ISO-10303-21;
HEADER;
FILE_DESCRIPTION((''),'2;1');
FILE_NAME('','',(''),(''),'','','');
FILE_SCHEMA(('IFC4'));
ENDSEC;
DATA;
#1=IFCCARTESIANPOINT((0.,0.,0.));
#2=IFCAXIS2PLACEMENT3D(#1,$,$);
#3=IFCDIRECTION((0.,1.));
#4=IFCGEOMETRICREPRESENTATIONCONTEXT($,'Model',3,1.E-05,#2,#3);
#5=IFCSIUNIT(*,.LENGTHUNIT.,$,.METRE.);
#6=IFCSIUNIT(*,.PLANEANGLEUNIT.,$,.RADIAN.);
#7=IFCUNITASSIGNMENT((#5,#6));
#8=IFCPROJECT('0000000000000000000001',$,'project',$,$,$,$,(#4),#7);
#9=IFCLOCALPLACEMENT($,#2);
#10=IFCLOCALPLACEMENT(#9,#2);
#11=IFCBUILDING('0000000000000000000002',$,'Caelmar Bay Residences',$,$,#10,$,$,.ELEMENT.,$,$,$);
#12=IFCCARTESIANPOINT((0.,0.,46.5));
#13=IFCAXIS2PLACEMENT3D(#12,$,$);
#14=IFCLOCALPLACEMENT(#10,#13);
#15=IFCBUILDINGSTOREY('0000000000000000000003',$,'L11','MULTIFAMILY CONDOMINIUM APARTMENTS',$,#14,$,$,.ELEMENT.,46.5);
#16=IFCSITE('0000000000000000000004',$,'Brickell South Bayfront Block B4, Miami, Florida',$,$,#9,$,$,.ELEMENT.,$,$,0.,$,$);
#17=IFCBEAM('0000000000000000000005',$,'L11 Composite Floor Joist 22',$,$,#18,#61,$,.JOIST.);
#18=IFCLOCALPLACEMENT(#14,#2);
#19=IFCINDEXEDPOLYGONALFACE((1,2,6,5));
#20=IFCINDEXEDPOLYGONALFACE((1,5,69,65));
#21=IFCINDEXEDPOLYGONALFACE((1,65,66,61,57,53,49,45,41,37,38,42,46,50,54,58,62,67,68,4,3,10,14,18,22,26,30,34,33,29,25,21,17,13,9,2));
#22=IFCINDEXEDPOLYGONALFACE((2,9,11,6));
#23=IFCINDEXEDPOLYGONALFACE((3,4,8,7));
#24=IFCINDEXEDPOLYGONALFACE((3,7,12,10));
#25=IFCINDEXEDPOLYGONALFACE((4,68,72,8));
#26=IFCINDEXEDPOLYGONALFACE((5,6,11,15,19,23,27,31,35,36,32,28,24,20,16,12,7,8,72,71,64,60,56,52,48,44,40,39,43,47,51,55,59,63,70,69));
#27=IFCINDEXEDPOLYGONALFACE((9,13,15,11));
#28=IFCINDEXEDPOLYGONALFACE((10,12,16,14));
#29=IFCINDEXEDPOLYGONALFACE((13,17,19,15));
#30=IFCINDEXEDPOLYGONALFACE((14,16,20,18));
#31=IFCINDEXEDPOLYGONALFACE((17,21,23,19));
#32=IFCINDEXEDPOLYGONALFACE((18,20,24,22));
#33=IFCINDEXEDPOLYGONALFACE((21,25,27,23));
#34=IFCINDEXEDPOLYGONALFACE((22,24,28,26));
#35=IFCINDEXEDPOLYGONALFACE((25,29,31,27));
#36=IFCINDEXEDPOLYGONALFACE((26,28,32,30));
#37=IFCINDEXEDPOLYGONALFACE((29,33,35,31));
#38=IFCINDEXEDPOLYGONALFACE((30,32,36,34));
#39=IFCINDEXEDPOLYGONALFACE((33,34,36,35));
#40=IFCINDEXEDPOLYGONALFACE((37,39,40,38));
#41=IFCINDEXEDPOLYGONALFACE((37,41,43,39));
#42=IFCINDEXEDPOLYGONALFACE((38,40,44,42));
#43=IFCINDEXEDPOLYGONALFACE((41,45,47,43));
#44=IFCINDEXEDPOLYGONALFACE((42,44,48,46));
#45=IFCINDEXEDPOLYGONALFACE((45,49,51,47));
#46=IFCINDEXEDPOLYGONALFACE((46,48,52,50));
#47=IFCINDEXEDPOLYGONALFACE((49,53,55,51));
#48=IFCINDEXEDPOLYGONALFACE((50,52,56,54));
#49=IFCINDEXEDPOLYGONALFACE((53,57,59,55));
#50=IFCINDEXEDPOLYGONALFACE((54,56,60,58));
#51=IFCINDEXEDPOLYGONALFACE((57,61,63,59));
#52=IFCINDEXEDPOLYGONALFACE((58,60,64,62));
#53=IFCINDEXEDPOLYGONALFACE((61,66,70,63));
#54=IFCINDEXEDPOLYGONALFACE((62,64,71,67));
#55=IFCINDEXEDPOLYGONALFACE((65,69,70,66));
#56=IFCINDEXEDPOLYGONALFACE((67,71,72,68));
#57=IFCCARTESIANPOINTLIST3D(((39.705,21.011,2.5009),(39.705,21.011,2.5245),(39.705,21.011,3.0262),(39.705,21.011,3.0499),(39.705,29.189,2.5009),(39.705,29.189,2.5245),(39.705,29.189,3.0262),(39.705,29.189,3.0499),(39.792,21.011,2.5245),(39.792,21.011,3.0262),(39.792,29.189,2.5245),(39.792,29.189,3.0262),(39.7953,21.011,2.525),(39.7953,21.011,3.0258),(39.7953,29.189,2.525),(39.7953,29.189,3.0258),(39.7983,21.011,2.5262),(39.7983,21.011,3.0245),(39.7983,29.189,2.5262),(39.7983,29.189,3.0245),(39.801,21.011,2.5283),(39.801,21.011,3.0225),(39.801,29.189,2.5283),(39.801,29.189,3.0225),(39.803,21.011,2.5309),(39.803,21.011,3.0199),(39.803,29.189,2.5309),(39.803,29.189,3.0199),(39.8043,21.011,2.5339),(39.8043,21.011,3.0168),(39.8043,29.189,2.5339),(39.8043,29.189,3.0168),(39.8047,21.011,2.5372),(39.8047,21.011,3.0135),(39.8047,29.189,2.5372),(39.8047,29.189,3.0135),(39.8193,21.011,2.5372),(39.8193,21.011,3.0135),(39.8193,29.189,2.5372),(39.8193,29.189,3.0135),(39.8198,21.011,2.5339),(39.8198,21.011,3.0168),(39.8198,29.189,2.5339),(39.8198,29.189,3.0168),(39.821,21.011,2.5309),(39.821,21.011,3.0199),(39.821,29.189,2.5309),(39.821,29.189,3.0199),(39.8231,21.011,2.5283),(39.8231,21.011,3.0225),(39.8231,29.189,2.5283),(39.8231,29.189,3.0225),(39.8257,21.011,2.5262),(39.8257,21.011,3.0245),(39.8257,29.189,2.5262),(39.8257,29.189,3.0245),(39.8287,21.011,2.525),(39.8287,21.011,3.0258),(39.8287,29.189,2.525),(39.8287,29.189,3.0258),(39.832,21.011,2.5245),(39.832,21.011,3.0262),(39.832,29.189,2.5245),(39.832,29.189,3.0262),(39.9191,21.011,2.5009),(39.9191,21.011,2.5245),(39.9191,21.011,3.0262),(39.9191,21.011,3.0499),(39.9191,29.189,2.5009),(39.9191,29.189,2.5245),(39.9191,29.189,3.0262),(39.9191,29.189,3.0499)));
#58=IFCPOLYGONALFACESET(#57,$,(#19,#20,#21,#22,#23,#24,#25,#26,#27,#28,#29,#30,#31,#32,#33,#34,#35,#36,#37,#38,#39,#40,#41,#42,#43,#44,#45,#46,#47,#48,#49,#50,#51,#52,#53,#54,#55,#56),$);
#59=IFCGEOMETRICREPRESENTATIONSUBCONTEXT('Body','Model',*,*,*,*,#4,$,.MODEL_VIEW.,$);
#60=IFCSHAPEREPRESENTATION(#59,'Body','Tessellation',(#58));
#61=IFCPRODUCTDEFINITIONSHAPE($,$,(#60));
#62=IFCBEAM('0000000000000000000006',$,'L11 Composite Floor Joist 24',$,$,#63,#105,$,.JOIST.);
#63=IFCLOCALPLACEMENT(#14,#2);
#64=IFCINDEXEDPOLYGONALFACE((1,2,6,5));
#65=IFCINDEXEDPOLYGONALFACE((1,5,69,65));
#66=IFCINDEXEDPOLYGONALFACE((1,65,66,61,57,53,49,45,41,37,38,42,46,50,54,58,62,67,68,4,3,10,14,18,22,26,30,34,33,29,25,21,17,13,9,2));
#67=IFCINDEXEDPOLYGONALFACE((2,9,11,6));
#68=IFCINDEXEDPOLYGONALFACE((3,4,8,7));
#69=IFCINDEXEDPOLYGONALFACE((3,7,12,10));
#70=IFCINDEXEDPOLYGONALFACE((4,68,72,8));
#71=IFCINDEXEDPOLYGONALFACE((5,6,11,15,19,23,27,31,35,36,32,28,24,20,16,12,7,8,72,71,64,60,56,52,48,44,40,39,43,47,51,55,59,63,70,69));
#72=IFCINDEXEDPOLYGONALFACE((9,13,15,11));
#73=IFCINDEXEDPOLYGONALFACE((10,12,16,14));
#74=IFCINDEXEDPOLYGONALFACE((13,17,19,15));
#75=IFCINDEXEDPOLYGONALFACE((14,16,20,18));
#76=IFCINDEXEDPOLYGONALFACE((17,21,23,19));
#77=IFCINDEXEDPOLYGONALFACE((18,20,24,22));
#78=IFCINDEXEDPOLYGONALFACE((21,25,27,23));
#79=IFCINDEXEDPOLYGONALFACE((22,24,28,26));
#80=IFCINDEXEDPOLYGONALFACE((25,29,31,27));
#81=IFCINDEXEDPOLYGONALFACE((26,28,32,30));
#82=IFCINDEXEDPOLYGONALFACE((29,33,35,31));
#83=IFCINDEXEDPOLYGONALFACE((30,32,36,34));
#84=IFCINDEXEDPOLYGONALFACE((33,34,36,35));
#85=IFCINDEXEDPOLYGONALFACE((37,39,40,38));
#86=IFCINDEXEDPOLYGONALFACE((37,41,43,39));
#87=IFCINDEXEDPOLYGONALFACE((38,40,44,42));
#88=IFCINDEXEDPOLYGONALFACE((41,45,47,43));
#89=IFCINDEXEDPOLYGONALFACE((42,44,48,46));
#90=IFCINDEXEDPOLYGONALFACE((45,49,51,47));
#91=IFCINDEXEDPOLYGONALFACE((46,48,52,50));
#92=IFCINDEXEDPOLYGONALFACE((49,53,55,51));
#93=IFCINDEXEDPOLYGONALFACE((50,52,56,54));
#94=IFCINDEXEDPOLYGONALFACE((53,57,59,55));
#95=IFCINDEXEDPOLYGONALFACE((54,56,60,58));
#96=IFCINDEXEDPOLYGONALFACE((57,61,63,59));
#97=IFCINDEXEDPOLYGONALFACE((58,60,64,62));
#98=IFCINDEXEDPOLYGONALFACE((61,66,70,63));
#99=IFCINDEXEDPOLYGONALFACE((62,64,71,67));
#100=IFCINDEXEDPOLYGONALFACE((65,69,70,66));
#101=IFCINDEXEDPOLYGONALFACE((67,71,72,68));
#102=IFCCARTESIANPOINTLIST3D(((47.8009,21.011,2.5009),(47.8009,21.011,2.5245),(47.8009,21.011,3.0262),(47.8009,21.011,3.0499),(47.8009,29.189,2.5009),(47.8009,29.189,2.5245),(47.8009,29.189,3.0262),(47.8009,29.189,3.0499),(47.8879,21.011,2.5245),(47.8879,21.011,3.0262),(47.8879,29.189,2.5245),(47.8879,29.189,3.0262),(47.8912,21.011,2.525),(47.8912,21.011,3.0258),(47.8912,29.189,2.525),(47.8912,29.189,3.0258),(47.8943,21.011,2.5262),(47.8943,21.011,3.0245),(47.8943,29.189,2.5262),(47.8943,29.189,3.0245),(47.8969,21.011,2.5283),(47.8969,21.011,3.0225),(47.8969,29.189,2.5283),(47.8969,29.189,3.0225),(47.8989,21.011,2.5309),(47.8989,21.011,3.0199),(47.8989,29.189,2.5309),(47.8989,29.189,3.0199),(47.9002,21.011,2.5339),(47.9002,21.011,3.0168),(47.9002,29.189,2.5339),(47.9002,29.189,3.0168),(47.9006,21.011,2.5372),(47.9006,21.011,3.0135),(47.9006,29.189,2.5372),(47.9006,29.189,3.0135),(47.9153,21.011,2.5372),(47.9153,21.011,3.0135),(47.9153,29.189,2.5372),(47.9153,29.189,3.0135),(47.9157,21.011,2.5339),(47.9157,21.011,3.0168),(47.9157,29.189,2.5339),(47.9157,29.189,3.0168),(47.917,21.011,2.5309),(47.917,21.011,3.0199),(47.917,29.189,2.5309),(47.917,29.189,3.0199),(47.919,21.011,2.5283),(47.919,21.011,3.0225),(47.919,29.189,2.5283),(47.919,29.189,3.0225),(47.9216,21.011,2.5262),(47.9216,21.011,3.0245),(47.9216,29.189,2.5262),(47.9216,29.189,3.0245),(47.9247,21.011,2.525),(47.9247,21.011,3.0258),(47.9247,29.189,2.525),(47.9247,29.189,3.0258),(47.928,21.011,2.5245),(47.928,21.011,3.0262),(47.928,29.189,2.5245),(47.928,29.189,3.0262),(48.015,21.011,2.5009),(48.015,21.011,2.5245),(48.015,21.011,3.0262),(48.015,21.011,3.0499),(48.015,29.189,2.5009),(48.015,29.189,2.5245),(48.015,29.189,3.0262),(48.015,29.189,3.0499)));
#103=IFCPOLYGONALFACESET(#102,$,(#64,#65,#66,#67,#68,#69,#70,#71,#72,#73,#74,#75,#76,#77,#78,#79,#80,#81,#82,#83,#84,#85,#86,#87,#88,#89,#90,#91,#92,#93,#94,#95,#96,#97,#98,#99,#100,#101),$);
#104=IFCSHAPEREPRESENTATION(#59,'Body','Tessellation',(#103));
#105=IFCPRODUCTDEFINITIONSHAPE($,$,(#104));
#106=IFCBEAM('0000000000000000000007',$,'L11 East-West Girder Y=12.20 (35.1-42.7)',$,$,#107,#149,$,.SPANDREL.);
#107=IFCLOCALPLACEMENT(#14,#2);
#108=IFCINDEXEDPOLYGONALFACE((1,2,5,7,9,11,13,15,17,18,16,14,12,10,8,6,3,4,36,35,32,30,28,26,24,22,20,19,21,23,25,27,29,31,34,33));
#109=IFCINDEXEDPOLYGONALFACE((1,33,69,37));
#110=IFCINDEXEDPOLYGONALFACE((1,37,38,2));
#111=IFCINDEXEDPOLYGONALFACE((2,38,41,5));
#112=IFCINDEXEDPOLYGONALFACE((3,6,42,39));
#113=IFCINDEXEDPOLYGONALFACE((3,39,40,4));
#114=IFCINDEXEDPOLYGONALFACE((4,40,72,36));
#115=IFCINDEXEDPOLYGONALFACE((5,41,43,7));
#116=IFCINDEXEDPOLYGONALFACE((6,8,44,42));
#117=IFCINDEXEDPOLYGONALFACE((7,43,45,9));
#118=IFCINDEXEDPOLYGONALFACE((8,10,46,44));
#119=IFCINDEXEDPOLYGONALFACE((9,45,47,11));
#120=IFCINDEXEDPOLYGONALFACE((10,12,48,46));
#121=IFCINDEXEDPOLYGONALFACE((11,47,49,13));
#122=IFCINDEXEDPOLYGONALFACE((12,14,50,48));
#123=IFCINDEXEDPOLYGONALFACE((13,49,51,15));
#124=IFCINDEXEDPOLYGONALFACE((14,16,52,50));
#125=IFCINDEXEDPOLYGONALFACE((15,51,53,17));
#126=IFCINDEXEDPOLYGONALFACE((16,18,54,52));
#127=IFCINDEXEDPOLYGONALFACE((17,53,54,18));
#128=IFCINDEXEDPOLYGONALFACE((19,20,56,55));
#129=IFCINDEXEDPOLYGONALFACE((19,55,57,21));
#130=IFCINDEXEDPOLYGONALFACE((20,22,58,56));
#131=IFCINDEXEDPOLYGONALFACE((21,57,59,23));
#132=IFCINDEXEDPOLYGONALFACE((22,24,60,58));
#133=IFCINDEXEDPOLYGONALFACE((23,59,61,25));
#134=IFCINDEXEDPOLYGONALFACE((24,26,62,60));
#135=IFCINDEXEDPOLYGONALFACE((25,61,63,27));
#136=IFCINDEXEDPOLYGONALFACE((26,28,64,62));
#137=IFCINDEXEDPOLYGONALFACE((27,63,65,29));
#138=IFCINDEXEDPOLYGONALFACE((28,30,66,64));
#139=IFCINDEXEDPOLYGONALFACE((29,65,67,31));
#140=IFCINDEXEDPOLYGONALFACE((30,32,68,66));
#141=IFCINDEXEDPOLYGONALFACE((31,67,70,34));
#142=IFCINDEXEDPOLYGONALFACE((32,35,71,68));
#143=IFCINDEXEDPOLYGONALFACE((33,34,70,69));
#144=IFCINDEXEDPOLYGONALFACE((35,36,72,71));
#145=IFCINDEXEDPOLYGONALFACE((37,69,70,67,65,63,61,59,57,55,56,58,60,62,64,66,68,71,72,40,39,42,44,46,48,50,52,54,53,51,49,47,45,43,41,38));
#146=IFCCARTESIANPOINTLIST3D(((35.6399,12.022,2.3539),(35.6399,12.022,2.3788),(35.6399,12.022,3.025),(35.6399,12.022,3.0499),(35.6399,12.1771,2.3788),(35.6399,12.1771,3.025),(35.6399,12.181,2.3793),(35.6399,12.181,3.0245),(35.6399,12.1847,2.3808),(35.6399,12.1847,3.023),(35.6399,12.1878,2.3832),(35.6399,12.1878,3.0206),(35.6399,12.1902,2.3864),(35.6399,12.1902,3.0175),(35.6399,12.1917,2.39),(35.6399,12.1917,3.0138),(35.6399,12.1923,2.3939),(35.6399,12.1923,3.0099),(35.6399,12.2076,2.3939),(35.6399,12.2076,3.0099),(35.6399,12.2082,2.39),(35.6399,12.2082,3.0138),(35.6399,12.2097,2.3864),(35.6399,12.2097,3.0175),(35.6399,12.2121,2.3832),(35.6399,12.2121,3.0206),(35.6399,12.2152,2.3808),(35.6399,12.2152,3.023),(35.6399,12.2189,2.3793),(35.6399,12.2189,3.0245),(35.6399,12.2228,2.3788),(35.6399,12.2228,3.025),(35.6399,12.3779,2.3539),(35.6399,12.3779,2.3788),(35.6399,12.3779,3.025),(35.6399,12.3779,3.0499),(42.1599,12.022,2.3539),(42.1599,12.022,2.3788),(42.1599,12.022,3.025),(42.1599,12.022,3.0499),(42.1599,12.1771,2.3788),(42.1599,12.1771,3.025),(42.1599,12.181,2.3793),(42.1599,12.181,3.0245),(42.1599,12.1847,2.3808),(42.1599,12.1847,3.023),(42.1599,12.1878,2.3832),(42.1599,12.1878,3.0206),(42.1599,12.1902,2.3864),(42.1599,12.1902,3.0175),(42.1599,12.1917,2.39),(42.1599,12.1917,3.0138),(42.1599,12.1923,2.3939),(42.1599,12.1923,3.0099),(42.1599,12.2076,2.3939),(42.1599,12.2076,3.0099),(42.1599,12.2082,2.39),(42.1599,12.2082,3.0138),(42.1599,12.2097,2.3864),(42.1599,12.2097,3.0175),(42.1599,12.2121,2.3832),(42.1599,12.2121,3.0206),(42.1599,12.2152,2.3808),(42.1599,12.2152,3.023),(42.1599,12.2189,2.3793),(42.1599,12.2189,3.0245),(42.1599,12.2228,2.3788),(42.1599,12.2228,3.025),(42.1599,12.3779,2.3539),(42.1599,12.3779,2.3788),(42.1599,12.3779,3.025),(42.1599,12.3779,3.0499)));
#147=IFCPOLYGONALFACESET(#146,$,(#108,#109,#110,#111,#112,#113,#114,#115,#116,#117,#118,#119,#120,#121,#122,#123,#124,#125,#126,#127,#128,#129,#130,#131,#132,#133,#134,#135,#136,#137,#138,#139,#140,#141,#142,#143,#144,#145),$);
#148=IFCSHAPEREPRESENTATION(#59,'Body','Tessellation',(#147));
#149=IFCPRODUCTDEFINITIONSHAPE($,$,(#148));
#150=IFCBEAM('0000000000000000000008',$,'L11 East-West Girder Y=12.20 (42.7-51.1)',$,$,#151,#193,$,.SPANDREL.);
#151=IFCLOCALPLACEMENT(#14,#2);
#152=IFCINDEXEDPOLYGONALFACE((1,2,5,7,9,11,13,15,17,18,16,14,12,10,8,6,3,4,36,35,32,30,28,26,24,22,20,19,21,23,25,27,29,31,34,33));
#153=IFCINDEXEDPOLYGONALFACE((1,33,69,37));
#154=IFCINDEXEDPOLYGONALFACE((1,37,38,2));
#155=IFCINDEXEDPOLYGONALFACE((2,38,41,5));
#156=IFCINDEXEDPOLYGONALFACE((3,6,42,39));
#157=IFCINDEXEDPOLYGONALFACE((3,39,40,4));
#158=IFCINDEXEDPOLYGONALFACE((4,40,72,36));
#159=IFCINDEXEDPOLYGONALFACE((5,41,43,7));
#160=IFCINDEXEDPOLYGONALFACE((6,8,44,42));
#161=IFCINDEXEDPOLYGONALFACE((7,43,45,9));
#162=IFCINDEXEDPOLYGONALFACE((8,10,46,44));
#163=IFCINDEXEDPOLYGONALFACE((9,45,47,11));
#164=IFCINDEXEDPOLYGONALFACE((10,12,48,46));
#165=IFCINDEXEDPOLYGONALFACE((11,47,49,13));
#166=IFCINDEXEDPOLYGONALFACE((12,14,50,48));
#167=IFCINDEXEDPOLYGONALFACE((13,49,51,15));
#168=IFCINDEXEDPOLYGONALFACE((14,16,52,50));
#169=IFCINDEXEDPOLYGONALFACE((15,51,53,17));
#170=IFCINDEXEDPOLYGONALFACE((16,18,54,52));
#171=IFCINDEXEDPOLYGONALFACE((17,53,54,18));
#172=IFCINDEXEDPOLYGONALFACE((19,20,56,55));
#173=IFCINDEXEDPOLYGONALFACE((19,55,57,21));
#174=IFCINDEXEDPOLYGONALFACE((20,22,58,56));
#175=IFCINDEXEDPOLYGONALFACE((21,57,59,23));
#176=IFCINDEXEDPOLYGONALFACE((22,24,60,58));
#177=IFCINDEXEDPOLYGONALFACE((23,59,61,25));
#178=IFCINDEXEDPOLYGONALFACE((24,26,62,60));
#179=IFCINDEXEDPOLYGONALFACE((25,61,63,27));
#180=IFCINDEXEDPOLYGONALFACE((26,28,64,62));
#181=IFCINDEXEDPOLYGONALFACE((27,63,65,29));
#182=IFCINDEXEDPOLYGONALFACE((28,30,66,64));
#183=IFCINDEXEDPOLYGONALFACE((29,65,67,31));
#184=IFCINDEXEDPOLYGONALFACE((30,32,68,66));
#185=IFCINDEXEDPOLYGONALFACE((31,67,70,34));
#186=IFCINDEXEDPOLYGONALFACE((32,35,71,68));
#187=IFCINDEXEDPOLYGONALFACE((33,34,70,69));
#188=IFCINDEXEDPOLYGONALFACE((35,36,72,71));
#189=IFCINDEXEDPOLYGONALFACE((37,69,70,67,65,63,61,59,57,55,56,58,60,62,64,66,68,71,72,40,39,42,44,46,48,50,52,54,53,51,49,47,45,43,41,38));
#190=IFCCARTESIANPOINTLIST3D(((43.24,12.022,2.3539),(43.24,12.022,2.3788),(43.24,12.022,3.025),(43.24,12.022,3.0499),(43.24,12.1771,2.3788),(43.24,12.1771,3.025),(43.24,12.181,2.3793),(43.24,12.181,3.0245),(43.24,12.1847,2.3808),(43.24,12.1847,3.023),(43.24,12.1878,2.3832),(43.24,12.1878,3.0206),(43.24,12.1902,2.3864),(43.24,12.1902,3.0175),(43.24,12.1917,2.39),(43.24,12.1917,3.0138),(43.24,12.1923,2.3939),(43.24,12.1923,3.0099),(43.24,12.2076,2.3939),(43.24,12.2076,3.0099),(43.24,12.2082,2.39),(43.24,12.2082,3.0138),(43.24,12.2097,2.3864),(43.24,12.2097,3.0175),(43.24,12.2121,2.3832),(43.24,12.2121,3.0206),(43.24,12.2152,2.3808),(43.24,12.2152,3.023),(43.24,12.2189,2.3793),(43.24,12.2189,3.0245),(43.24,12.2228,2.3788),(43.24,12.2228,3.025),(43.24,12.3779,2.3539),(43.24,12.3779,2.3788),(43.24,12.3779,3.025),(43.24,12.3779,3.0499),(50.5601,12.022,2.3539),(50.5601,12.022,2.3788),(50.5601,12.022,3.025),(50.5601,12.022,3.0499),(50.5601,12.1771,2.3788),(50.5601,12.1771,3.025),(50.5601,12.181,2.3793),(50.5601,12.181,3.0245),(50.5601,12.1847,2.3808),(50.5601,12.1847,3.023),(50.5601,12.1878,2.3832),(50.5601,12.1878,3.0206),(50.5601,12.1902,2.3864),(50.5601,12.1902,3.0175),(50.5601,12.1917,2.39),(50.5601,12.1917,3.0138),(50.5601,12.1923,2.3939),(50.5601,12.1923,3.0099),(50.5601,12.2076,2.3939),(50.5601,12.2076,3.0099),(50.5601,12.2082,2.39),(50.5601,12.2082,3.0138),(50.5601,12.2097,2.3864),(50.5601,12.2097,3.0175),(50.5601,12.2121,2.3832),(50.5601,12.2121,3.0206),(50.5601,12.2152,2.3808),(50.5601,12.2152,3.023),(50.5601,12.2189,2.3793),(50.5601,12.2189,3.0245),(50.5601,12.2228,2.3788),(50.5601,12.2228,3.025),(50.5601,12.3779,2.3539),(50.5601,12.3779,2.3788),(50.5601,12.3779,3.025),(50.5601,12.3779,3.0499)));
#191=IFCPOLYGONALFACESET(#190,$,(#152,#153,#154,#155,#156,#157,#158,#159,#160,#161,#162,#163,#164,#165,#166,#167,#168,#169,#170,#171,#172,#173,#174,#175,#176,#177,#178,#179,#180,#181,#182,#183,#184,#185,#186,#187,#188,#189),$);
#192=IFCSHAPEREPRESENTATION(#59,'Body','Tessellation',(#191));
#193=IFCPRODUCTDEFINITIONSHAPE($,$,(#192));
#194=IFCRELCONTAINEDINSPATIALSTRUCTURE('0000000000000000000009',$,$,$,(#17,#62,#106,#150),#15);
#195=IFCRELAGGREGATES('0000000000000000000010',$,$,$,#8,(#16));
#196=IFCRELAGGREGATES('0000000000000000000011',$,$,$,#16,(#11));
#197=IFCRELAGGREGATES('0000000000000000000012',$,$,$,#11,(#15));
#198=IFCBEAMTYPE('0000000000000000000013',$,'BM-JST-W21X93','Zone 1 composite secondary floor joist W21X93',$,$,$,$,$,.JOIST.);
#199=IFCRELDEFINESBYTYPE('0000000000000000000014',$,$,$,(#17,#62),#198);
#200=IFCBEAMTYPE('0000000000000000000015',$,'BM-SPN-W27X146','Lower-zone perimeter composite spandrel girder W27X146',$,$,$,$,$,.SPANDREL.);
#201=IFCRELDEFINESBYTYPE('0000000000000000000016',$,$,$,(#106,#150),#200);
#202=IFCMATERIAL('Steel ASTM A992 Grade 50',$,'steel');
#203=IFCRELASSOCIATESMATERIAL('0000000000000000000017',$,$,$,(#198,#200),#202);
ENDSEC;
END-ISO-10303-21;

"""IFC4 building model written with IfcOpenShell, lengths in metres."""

from ifc_helpers import new_model, si_unit, direction, frame, origin, origin_2d, place, context, subcontext, project, spatial, i_section, extrude, material, material_profile, profile_set, type_object, element, save


model = new_model("IFC4")

# Units and contexts
model_context = context("Model", 3, precision=1e-05, world=origin(), true_north=direction((0.0, 1.0)))
body_context = subcontext(model_context, "Body", "Model", "MODEL_VIEW")
ifc_project = project(units=[si_unit("LENGTHUNIT", "METRE"), si_unit("PLANEANGLEUNIT", "RADIAN")], contexts=[model_context])

# Site, building, storey
site_placement = place(None, origin())
site = spatial("IfcSite", under=ifc_project, at=site_placement, Name="Brickell South Bayfront Block B4, Miami, Florida", CompositionType="ELEMENT", RefElevation=0.0)
building_placement = place(site_placement, origin())
building = spatial("IfcBuilding", under=site, at=building_placement, Name="Caelmar Bay Residences", CompositionType="ELEMENT")
storey_placement = place(building_placement, frame((0.0, 0.0, 46.5)))
storey = spatial("IfcBuildingStorey", under=building, at=storey_placement, Name="L11", Description="MULTIFAMILY CONDOMINIUM APARTMENTS", CompositionType="ELEMENT", Elevation=46.5)

# Beams
ifc_material_1 = material(Name="Steel ASTM A992 Grade 50", Category="steel")
ifc_material_profile_1 = material_profile(ifc_material_1, i_section(OverallWidth=0.2141, OverallDepth=0.5491, WebThickness=0.0146, FlangeThickness=0.0237, FilletRadius=0.0127, at=origin_2d()), Name="W21X93")
ifc_profile_set_1 = profile_set([ifc_material_profile_1], Name="Steel ASTM A992 Grade 50")
beam_type_1 = type_object("IfcBeamType", Name="BM-JST-W21X93", Description="Zone 1 composite secondary floor joist W21X93", PredefinedType="JOIST", material=ifc_profile_set_1)
for number, where, z_axis, x_axis, name in (
    (1, (39.812, 21.011, 2.7754), (0.0, 1.0, 0.0), (-1.0, 0.0, 0.0), "L11 Composite Floor Joist 22"),
    (2, (47.908, 21.011, 2.7754), (0.0, 1.0, 0.0), (-1.0, 0.0, 0.0), "L11 Composite Floor Joist 24"),
):
    element("IfcBeam", number, at=place(storey_placement, frame(where, z_axis=z_axis, x_axis=x_axis)), inside=storey, type_object=beam_type_1, Name=name, PredefinedType="JOIST", context=body_context, shape_type="SweptSolid", body=[
        extrude(i_section(OverallWidth=0.2141, OverallDepth=0.5491, WebThickness=0.0146, FlangeThickness=0.0237, FilletRadius=0.0127, at=origin_2d()), origin(), (0.0, 0.0, 1.0), 8.178),
    ])
ifc_material_profile_2 = material_profile(ifc_material_1, i_section(OverallWidth=0.356, OverallDepth=0.696, WebThickness=0.0154, FlangeThickness=0.0249, FilletRadius=0.0151, at=origin_2d()), Name="W27X146")
ifc_profile_set_2 = profile_set([ifc_material_profile_2], Name="Steel ASTM A992 Grade 50")
beam_type_2 = type_object("IfcBeamType", Name="BM-SPN-W27X146", Description="Lower-zone perimeter composite spandrel girder W27X146", PredefinedType="SPANDREL", material=ifc_profile_set_2)
beam_1_placement = place(storey_placement, frame((35.6399, 12.2, 2.7019), z_axis=(1.0, 0.0, 0.0), x_axis=(0.0, 1.0, 0.0)))
element("IfcBeam", 3, at=beam_1_placement, inside=storey, type_object=beam_type_2, Name="L11 East-West Girder Y=12.20 (35.1-42.7)", PredefinedType="SPANDREL", context=body_context, shape_type="SweptSolid", body=[
    extrude(i_section(OverallWidth=0.356, OverallDepth=0.696, WebThickness=0.0154, FlangeThickness=0.0249, FilletRadius=0.0151, at=origin_2d()), origin(), (0.0, 0.0, 1.0), 6.52),
])
beam_2_placement = place(storey_placement, frame((43.24, 12.2, 2.7019), z_axis=(1.0, 0.0, 0.0), x_axis=(0.0, 1.0, 0.0)))
element("IfcBeam", 4, at=beam_2_placement, inside=storey, type_object=beam_type_2, Name="L11 East-West Girder Y=12.20 (42.7-51.1)", PredefinedType="SPANDREL", context=body_context, shape_type="SweptSolid", body=[
    extrude(i_section(OverallWidth=0.356, OverallDepth=0.696, WebThickness=0.0154, FlangeThickness=0.0249, FilletRadius=0.0151, at=origin_2d()), origin(), (0.0, 0.0, 1.0), 7.3201),
])

save(model, "model.ifc")
